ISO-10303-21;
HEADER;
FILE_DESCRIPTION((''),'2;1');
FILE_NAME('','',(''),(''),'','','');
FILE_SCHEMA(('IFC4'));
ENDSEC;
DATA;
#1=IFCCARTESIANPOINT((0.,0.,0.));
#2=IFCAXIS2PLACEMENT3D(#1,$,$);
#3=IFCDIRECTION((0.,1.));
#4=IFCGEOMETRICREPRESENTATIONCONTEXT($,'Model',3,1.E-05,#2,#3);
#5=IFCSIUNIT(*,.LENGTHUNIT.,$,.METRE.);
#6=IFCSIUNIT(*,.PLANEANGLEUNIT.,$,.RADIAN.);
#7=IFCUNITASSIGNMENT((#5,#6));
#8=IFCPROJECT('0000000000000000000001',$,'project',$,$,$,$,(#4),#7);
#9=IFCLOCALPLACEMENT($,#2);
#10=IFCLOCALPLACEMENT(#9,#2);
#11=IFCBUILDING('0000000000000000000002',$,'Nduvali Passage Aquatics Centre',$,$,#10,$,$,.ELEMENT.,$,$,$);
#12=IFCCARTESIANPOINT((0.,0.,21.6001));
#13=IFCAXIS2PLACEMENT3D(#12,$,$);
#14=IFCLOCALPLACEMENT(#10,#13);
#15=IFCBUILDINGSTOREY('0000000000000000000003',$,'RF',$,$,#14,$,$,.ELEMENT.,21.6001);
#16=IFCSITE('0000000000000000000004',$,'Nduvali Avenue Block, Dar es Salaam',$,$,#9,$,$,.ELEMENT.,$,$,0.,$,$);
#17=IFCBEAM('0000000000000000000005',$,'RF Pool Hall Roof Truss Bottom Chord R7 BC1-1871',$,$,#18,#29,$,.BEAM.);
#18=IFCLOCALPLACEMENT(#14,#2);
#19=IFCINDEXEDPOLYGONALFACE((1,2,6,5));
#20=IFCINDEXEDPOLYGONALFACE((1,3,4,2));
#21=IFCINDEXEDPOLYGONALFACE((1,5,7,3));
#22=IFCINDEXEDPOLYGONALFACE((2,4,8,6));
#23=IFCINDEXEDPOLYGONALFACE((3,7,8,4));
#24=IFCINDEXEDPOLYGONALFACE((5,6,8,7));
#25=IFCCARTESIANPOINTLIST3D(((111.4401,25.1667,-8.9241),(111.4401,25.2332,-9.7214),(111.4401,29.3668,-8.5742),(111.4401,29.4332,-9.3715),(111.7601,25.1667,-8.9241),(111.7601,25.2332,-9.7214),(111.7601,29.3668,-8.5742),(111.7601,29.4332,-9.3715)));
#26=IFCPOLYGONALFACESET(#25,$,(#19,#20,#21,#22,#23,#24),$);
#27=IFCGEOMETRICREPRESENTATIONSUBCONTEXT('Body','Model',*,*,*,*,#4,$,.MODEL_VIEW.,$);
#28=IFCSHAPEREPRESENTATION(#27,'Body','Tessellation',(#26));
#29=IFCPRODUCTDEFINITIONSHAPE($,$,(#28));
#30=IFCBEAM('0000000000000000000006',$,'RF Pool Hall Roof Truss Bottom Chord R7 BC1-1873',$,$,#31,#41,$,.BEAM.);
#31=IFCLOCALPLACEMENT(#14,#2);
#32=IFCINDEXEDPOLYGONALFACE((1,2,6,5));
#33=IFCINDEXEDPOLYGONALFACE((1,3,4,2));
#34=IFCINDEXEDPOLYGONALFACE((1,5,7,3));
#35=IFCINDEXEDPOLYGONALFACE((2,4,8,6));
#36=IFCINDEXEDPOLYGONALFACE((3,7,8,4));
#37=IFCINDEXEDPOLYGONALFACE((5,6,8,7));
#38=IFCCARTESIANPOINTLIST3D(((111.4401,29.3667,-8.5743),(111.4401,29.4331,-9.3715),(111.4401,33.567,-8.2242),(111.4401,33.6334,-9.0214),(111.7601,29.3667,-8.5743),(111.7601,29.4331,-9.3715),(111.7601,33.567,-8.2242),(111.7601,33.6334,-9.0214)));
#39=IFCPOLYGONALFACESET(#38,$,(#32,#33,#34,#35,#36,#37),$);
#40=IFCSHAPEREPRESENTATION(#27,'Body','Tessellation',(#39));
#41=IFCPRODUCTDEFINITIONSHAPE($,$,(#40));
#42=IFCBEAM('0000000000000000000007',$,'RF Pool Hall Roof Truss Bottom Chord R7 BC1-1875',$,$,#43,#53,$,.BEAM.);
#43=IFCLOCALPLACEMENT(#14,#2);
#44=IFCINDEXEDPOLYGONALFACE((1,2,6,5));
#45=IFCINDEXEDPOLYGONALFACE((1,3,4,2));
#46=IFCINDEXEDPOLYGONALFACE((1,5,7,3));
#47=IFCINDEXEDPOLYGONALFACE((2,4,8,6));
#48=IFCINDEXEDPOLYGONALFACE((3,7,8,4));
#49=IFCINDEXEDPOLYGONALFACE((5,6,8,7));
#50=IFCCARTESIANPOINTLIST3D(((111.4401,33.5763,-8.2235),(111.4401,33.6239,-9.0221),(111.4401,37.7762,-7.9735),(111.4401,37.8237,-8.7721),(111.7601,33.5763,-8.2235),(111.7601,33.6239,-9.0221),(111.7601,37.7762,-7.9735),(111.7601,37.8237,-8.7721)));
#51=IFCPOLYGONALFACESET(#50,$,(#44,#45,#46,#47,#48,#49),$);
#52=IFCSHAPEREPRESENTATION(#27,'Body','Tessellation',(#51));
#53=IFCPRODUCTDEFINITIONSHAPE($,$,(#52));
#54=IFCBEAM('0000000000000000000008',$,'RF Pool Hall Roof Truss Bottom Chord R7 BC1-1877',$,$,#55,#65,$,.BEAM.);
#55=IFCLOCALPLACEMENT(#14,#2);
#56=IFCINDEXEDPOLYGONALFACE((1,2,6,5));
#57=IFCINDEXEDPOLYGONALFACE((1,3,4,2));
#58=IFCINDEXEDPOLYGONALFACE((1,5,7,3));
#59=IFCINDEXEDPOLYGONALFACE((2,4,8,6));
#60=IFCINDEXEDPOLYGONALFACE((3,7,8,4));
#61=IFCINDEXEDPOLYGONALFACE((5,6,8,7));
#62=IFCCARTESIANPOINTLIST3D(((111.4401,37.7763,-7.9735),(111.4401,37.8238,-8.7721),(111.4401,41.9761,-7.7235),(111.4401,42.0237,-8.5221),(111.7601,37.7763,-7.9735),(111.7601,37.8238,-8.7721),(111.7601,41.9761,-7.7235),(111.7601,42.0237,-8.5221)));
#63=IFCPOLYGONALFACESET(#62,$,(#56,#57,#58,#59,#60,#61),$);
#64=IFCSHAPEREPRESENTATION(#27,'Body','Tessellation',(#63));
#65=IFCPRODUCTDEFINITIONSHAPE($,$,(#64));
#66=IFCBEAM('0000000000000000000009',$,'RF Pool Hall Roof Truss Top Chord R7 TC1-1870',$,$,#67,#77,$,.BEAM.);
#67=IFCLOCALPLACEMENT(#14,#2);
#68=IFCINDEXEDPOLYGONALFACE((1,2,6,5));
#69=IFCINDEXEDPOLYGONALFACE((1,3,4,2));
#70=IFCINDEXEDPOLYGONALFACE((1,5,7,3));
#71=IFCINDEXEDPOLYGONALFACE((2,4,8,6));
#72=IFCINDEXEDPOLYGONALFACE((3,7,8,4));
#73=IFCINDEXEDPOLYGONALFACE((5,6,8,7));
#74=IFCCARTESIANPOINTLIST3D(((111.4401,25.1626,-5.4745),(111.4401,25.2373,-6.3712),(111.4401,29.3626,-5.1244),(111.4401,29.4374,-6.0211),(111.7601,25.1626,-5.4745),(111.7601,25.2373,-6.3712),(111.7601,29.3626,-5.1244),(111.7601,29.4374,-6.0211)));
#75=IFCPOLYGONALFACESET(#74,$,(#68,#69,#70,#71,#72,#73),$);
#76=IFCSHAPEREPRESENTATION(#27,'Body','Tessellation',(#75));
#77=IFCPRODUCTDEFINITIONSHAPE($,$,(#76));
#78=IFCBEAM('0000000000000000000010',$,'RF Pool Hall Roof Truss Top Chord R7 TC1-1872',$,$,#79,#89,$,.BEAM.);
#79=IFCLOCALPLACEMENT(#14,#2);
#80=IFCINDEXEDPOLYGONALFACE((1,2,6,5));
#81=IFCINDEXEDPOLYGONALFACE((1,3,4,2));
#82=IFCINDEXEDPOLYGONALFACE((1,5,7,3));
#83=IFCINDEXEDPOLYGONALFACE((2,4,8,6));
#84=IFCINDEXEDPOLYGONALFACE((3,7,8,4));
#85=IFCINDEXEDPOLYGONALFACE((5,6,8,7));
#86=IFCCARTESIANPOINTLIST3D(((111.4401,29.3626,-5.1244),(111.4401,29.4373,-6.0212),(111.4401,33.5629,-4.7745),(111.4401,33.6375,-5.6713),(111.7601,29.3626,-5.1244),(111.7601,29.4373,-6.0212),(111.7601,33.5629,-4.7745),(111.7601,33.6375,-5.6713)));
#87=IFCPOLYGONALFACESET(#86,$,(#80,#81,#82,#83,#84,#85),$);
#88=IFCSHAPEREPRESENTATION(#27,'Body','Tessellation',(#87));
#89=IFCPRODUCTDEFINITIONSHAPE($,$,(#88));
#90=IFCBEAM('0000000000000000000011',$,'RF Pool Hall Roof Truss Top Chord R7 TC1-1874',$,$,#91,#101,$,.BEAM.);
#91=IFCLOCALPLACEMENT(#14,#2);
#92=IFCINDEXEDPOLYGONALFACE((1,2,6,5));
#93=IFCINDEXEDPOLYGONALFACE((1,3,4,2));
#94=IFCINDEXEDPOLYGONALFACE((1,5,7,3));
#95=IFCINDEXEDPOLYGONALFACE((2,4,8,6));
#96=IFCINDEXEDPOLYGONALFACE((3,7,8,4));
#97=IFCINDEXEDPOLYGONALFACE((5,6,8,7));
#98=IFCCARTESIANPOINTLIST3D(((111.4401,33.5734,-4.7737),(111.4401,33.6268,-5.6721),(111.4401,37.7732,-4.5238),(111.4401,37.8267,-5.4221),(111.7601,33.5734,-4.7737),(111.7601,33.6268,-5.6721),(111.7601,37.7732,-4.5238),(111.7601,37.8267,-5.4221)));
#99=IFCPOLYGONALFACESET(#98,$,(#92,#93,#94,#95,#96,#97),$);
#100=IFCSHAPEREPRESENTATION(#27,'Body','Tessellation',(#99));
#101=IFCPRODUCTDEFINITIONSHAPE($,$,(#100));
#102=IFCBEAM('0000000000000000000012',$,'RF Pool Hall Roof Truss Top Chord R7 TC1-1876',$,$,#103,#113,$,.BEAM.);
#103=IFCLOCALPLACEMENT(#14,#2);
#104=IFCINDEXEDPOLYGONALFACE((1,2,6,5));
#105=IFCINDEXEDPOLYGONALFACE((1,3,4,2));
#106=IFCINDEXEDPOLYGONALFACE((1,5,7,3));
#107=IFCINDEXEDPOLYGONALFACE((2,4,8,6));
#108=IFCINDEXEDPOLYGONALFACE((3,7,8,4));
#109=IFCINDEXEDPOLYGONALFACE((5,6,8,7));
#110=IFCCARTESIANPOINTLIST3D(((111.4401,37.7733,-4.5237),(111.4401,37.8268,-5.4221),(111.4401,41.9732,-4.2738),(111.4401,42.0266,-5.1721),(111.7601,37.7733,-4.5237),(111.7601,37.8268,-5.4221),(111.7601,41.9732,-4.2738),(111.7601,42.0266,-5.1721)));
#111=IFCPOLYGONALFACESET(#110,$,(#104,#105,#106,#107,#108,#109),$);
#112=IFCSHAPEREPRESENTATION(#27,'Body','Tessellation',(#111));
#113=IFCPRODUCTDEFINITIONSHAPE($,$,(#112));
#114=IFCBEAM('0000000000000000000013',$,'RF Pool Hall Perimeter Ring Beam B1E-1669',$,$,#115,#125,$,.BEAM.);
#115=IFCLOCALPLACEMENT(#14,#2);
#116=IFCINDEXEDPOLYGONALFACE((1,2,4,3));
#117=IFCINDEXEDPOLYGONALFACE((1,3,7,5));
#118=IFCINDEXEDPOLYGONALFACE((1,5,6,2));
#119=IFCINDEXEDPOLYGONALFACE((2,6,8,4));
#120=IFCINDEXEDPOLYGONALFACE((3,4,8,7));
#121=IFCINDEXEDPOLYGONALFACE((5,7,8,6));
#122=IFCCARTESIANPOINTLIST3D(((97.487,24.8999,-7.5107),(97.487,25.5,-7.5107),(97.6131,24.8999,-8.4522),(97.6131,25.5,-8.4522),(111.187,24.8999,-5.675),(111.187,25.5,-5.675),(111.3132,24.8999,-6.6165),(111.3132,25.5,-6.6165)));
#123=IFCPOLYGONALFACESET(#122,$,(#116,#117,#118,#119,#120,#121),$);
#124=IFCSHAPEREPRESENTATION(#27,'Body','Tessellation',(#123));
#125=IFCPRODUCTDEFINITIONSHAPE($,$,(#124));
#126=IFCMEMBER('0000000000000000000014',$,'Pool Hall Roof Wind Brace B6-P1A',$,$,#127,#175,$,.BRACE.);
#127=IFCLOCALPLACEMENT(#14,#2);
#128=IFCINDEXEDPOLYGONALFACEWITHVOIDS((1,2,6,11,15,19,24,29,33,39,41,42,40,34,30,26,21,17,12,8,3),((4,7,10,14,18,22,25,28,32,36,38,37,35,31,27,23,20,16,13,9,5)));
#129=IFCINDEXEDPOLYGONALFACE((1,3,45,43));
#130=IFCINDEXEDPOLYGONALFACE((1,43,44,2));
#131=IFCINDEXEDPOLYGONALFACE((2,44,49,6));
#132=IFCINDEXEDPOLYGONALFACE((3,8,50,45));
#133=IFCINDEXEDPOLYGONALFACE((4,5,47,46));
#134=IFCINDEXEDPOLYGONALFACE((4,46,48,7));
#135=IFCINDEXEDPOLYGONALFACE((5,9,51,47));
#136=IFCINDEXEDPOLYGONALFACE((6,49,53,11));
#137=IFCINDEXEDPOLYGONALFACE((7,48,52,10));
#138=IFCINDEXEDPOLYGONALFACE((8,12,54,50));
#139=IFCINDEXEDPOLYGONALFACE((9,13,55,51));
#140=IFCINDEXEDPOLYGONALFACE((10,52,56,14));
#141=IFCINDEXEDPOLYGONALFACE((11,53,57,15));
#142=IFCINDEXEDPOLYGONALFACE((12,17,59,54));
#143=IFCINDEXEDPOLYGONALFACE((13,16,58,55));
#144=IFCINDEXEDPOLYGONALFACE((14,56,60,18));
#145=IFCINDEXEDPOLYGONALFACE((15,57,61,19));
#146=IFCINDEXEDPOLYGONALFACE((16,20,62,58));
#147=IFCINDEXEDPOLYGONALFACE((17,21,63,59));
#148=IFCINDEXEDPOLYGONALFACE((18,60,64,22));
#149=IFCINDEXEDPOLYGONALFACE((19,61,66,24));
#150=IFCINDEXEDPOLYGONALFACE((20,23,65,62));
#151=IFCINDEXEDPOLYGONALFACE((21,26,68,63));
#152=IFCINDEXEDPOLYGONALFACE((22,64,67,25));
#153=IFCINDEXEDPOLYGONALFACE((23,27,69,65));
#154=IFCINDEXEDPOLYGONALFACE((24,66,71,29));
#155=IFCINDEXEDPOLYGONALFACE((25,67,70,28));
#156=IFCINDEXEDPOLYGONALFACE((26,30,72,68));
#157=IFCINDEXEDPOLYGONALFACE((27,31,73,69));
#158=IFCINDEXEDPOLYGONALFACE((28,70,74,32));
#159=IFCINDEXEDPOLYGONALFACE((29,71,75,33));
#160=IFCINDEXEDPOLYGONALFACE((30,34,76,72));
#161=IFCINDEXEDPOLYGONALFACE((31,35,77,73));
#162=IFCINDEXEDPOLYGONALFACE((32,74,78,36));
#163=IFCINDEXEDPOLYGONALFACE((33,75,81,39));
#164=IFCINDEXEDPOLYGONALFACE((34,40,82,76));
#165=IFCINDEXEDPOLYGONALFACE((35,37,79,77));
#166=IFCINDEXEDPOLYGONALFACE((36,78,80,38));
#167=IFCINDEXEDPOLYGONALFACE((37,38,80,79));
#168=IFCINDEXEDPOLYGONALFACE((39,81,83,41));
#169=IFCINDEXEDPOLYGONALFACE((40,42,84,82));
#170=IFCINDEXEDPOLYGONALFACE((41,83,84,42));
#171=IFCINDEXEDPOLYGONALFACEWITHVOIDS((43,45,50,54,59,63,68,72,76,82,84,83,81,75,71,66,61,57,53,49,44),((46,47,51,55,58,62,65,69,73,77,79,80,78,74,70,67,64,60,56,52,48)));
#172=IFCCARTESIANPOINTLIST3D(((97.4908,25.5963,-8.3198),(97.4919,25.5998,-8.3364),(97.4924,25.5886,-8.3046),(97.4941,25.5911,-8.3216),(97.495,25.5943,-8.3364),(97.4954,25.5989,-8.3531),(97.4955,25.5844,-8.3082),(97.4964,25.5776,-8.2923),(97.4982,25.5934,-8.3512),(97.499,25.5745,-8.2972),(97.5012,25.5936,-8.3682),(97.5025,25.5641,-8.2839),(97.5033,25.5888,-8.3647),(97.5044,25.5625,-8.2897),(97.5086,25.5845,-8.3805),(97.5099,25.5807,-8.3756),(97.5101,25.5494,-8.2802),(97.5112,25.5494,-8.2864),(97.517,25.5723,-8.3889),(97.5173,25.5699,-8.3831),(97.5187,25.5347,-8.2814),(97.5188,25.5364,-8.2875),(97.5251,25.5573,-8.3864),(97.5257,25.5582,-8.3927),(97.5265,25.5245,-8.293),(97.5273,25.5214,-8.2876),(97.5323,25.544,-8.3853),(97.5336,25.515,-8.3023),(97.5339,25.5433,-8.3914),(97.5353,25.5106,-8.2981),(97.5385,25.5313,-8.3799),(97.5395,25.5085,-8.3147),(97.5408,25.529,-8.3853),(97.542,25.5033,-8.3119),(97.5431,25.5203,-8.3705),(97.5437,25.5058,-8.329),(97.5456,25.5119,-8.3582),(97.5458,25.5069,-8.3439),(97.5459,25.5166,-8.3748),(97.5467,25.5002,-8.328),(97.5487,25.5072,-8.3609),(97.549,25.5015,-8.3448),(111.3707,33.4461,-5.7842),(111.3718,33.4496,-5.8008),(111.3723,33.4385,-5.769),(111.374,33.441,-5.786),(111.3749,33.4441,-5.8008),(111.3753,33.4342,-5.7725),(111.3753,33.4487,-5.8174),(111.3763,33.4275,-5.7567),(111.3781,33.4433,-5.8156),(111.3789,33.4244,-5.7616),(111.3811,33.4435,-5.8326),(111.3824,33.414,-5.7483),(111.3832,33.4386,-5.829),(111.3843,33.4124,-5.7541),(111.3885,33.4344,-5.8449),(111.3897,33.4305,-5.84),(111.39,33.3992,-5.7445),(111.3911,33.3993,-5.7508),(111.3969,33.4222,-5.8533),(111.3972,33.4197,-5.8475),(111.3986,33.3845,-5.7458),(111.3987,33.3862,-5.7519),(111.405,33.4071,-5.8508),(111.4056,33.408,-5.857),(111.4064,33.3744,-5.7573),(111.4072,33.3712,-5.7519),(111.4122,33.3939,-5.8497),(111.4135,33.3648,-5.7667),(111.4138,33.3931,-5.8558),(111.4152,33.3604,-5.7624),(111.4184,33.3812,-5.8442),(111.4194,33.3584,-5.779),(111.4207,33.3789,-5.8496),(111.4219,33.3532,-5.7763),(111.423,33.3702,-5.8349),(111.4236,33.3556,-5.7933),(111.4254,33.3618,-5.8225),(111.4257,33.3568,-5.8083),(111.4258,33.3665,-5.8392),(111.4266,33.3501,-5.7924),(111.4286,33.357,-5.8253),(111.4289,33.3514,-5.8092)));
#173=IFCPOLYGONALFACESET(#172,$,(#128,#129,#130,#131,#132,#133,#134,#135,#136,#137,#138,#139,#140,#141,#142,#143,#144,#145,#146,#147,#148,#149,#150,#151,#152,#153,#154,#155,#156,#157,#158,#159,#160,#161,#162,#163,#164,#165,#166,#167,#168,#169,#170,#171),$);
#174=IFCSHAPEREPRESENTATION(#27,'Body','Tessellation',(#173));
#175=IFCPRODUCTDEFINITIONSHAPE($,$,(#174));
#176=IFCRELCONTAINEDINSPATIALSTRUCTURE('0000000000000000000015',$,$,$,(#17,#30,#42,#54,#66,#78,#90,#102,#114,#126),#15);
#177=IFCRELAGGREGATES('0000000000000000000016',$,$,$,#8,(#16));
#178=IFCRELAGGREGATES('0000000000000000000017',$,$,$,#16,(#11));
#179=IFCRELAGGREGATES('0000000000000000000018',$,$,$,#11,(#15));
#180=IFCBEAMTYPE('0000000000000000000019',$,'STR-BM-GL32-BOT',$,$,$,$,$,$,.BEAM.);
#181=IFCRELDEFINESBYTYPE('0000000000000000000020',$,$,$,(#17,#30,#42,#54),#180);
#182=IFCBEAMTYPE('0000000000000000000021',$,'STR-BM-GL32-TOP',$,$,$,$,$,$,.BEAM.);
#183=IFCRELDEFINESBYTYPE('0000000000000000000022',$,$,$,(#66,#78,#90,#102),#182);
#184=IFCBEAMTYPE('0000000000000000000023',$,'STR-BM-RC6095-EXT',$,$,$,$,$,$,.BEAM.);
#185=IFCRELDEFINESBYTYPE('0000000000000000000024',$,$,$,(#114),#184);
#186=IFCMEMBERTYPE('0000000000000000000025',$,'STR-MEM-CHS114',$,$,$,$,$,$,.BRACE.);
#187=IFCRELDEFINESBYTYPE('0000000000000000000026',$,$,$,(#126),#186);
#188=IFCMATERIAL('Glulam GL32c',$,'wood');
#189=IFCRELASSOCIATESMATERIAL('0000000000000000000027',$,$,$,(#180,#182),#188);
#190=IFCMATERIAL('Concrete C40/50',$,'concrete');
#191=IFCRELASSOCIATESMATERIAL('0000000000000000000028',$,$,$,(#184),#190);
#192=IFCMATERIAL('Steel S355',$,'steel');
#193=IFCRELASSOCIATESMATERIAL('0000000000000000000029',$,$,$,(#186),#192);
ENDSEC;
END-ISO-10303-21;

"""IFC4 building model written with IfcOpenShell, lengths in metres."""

from ifc_helpers import new_model, si_unit, direction, frame, origin, origin_2d, place, context, subcontext, project, spatial, rectangle, hollow_circle, extrude, material, material_profile, profile_set, type_object, element, save


model = new_model("IFC4")

# Units and contexts
model_context = context("Model", 3, precision=1e-05, world=origin(), true_north=direction((0.0, 1.0)))
body_context = subcontext(model_context, "Body", "Model", "MODEL_VIEW")
ifc_project = project(units=[si_unit("LENGTHUNIT", "METRE"), si_unit("PLANEANGLEUNIT", "RADIAN")], contexts=[model_context])

# Site, building, storey
site_placement = place(None, origin())
site = spatial("IfcSite", under=ifc_project, at=site_placement, Name="Nduvali Avenue Block, Dar es Salaam", CompositionType="ELEMENT", RefElevation=0.0)
building_placement = place(site_placement, origin())
building = spatial("IfcBuilding", under=site, at=building_placement, Name="Nduvali Passage Aquatics Centre", CompositionType="ELEMENT")
storey_placement = place(building_placement, frame((0.0, 0.0, 21.6001)))
storey = spatial("IfcBuildingStorey", under=building, at=storey_placement, Name="RF", CompositionType="ELEMENT", Elevation=21.6001)

# Beams
ifc_material_1 = material(Name="Glulam GL32c", Category="wood")
ifc_material_profile_1 = material_profile(ifc_material_1, rectangle(XDim=0.3201, YDim=0.8, at=origin_2d()), Name="GL32c 320x800")
ifc_profile_set_1 = profile_set([ifc_material_profile_1], Name="Glulam GL32c")
beam_type_1 = type_object("IfcBeamType", Name="STR-BM-GL32-BOT", PredefinedType="BEAM", material=ifc_profile_set_1)
beam_1_placement = place(storey_placement, frame((111.6001, 25.2, -9.3228), z_axis=(0.0, 0.996549, 0.083012), x_axis=(-1.0, 0.0, 0.0)))
element("IfcBeam", 1, at=beam_1_placement, inside=storey, type_object=beam_type_1, Name="RF Pool Hall Roof Truss Bottom Chord R7 BC1-1871", PredefinedType="BEAM", context=body_context, shape_type="SweptSolid", body=[
    extrude(rectangle(XDim=0.3201, YDim=0.8, at=origin_2d()), origin(), (0.0, 0.0, 1.0), 4.2146),
])
beam_2_placement = place(storey_placement, frame((111.6001, 29.3999, -8.9729), z_axis=(0.0, 0.996544, 0.083065), x_axis=(-1.0, 0.0, 0.0)))
element("IfcBeam", 2, at=beam_2_placement, inside=storey, type_object=beam_type_1, Name="RF Pool Hall Roof Truss Bottom Chord R7 BC1-1873", PredefinedType="BEAM", context=body_context, shape_type="SweptSolid", body=[
    extrude(rectangle(XDim=0.3201, YDim=0.8, at=origin_2d()), origin(), (0.0, 0.0, 1.0), 4.2148),
])
for number, where, z_axis, x_axis, name in (
    (3, (111.6001, 33.6001, -8.6228), (0.0, 0.998233, 0.059419), (-1.0, 0.0, 0.0), "RF Pool Hall Roof Truss Bottom Chord R7 BC1-1875"),
    (4, (111.6001, 37.8, -8.3728), (0.0, 0.998233, 0.059419), (-1.0, 0.0, 0.0), "RF Pool Hall Roof Truss Bottom Chord R7 BC1-1877"),
):
    element("IfcBeam", number, at=place(storey_placement, frame(where, z_axis=z_axis, x_axis=x_axis)), inside=storey, type_object=beam_type_1, Name=name, PredefinedType="BEAM", context=body_context, shape_type="SweptSolid", body=[
        extrude(rectangle(XDim=0.3201, YDim=0.8, at=origin_2d()), origin(), (0.0, 0.0, 1.0), 4.2073),
    ])
ifc_material_profile_2 = material_profile(ifc_material_1, rectangle(XDim=0.3201, YDim=0.8999, at=origin_2d()), Name="GL32c 320x900")
ifc_profile_set_2 = profile_set([ifc_material_profile_2], Name="Glulam GL32c")
beam_type_2 = type_object("IfcBeamType", Name="STR-BM-GL32-TOP", PredefinedType="BEAM", material=ifc_profile_set_2)
beam_3_placement = place(storey_placement, frame((111.6001, 25.2, -5.9229), z_axis=(0.0, 0.996544, 0.083069), x_axis=(-1.0, 0.0, 0.0)))
element("IfcBeam", 5, at=beam_3_placement, inside=storey, type_object=beam_type_2, Name="RF Pool Hall Roof Truss Top Chord R7 TC1-1870", PredefinedType="BEAM", context=body_context, shape_type="SweptSolid", body=[
    extrude(rectangle(XDim=0.3201, YDim=0.8999, at=origin_2d()), origin(), (0.0, 0.0, 1.0), 4.2146),
])
beam_4_placement = place(storey_placement, frame((111.6001, 29.3999, -5.5728), z_axis=(0.0, 0.996549, 0.083007), x_axis=(-1.0, 0.0, 0.0)))
element("IfcBeam", 6, at=beam_4_placement, inside=storey, type_object=beam_type_2, Name="RF Pool Hall Roof Truss Top Chord R7 TC1-1872", PredefinedType="BEAM", context=body_context, shape_type="SweptSolid", body=[
    extrude(rectangle(XDim=0.3201, YDim=0.8999, at=origin_2d()), origin(), (0.0, 0.0, 1.0), 4.2148),
])
for number, where, z_axis, x_axis, name in (
    (7, (111.6001, 33.6001, -5.2229), (0.0, 0.998233, 0.059419), (-1.0, 0.0, 0.0), "RF Pool Hall Roof Truss Top Chord R7 TC1-1874"),
    (8, (111.6001, 37.8, -4.9729), (0.0, 0.998233, 0.059419), (-1.0, 0.0, 0.0), "RF Pool Hall Roof Truss Top Chord R7 TC1-1876"),
):
    element("IfcBeam", number, at=place(storey_placement, frame(where, z_axis=z_axis, x_axis=x_axis)), inside=storey, type_object=beam_type_2, Name=name, PredefinedType="BEAM", context=body_context, shape_type="SweptSolid", body=[
        extrude(rectangle(XDim=0.3201, YDim=0.8999, at=origin_2d()), origin(), (0.0, 0.0, 1.0), 4.2073),
    ])
ifc_material_2 = material(Name="Concrete C40/50", Category="concrete")
ifc_material_profile_3 = material_profile(ifc_material_2, rectangle(XDim=0.6001, YDim=0.95, at=origin_2d()), Name="RC 600x950")
ifc_profile_set_3 = profile_set([ifc_material_profile_3], Name="Concrete C40/50")
beam_type_3 = type_object("IfcBeamType", Name="STR-BM-RC6095-EXT", PredefinedType="BEAM", material=ifc_profile_set_3)
beam_5_placement = place(storey_placement, frame((97.55, 25.2, -7.9814), z_axis=(0.991142, 0.0, 0.132806), x_axis=(0.0, 1.0, 0.0)))
element("IfcBeam", 9, at=beam_5_placement, inside=storey, type_object=beam_type_3, Name="RF Pool Hall Perimeter Ring Beam B1E-1669", PredefinedType="BEAM", context=body_context, shape_type="SweptSolid", body=[
    extrude(rectangle(XDim=0.6001, YDim=0.95, at=origin_2d()), origin(), (0.0, 0.0, 1.0), 13.8225),
])

# Member
ifc_material_3 = material(Name="Steel S355", Category="steel")
ifc_material_profile_4 = material_profile(ifc_material_3, hollow_circle(Radius=0.0571, WallThickness=0.0063, at=origin_2d()), Name="CHS 114.3x6.3")
ifc_profile_set_4 = profile_set([ifc_material_profile_4], Name="Steel S355")
member_type_1 = type_object("IfcMemberType", Name="STR-MEM-CHS114", PredefinedType="BRACE", material=ifc_profile_set_4)
member_1_placement = place(storey_placement, frame((97.52, 25.55, -8.3364), z_axis=(0.859636, 0.486172, 0.157042), x_axis=(-0.492281, 0.870436, 0.0)))
element("IfcMember", 10, at=member_1_placement, inside=storey, type_object=member_type_1, Name="Pool Hall Roof Wind Brace B6-P1A", PredefinedType="BRACE", context=body_context, shape_type="SweptSolid", body=[
    extrude(hollow_circle(Radius=0.0571, WallThickness=0.0063, at=origin_2d()), origin(), (0.0, 0.0, 1.0), 16.1462),
])

save(model, "model.ifc")
